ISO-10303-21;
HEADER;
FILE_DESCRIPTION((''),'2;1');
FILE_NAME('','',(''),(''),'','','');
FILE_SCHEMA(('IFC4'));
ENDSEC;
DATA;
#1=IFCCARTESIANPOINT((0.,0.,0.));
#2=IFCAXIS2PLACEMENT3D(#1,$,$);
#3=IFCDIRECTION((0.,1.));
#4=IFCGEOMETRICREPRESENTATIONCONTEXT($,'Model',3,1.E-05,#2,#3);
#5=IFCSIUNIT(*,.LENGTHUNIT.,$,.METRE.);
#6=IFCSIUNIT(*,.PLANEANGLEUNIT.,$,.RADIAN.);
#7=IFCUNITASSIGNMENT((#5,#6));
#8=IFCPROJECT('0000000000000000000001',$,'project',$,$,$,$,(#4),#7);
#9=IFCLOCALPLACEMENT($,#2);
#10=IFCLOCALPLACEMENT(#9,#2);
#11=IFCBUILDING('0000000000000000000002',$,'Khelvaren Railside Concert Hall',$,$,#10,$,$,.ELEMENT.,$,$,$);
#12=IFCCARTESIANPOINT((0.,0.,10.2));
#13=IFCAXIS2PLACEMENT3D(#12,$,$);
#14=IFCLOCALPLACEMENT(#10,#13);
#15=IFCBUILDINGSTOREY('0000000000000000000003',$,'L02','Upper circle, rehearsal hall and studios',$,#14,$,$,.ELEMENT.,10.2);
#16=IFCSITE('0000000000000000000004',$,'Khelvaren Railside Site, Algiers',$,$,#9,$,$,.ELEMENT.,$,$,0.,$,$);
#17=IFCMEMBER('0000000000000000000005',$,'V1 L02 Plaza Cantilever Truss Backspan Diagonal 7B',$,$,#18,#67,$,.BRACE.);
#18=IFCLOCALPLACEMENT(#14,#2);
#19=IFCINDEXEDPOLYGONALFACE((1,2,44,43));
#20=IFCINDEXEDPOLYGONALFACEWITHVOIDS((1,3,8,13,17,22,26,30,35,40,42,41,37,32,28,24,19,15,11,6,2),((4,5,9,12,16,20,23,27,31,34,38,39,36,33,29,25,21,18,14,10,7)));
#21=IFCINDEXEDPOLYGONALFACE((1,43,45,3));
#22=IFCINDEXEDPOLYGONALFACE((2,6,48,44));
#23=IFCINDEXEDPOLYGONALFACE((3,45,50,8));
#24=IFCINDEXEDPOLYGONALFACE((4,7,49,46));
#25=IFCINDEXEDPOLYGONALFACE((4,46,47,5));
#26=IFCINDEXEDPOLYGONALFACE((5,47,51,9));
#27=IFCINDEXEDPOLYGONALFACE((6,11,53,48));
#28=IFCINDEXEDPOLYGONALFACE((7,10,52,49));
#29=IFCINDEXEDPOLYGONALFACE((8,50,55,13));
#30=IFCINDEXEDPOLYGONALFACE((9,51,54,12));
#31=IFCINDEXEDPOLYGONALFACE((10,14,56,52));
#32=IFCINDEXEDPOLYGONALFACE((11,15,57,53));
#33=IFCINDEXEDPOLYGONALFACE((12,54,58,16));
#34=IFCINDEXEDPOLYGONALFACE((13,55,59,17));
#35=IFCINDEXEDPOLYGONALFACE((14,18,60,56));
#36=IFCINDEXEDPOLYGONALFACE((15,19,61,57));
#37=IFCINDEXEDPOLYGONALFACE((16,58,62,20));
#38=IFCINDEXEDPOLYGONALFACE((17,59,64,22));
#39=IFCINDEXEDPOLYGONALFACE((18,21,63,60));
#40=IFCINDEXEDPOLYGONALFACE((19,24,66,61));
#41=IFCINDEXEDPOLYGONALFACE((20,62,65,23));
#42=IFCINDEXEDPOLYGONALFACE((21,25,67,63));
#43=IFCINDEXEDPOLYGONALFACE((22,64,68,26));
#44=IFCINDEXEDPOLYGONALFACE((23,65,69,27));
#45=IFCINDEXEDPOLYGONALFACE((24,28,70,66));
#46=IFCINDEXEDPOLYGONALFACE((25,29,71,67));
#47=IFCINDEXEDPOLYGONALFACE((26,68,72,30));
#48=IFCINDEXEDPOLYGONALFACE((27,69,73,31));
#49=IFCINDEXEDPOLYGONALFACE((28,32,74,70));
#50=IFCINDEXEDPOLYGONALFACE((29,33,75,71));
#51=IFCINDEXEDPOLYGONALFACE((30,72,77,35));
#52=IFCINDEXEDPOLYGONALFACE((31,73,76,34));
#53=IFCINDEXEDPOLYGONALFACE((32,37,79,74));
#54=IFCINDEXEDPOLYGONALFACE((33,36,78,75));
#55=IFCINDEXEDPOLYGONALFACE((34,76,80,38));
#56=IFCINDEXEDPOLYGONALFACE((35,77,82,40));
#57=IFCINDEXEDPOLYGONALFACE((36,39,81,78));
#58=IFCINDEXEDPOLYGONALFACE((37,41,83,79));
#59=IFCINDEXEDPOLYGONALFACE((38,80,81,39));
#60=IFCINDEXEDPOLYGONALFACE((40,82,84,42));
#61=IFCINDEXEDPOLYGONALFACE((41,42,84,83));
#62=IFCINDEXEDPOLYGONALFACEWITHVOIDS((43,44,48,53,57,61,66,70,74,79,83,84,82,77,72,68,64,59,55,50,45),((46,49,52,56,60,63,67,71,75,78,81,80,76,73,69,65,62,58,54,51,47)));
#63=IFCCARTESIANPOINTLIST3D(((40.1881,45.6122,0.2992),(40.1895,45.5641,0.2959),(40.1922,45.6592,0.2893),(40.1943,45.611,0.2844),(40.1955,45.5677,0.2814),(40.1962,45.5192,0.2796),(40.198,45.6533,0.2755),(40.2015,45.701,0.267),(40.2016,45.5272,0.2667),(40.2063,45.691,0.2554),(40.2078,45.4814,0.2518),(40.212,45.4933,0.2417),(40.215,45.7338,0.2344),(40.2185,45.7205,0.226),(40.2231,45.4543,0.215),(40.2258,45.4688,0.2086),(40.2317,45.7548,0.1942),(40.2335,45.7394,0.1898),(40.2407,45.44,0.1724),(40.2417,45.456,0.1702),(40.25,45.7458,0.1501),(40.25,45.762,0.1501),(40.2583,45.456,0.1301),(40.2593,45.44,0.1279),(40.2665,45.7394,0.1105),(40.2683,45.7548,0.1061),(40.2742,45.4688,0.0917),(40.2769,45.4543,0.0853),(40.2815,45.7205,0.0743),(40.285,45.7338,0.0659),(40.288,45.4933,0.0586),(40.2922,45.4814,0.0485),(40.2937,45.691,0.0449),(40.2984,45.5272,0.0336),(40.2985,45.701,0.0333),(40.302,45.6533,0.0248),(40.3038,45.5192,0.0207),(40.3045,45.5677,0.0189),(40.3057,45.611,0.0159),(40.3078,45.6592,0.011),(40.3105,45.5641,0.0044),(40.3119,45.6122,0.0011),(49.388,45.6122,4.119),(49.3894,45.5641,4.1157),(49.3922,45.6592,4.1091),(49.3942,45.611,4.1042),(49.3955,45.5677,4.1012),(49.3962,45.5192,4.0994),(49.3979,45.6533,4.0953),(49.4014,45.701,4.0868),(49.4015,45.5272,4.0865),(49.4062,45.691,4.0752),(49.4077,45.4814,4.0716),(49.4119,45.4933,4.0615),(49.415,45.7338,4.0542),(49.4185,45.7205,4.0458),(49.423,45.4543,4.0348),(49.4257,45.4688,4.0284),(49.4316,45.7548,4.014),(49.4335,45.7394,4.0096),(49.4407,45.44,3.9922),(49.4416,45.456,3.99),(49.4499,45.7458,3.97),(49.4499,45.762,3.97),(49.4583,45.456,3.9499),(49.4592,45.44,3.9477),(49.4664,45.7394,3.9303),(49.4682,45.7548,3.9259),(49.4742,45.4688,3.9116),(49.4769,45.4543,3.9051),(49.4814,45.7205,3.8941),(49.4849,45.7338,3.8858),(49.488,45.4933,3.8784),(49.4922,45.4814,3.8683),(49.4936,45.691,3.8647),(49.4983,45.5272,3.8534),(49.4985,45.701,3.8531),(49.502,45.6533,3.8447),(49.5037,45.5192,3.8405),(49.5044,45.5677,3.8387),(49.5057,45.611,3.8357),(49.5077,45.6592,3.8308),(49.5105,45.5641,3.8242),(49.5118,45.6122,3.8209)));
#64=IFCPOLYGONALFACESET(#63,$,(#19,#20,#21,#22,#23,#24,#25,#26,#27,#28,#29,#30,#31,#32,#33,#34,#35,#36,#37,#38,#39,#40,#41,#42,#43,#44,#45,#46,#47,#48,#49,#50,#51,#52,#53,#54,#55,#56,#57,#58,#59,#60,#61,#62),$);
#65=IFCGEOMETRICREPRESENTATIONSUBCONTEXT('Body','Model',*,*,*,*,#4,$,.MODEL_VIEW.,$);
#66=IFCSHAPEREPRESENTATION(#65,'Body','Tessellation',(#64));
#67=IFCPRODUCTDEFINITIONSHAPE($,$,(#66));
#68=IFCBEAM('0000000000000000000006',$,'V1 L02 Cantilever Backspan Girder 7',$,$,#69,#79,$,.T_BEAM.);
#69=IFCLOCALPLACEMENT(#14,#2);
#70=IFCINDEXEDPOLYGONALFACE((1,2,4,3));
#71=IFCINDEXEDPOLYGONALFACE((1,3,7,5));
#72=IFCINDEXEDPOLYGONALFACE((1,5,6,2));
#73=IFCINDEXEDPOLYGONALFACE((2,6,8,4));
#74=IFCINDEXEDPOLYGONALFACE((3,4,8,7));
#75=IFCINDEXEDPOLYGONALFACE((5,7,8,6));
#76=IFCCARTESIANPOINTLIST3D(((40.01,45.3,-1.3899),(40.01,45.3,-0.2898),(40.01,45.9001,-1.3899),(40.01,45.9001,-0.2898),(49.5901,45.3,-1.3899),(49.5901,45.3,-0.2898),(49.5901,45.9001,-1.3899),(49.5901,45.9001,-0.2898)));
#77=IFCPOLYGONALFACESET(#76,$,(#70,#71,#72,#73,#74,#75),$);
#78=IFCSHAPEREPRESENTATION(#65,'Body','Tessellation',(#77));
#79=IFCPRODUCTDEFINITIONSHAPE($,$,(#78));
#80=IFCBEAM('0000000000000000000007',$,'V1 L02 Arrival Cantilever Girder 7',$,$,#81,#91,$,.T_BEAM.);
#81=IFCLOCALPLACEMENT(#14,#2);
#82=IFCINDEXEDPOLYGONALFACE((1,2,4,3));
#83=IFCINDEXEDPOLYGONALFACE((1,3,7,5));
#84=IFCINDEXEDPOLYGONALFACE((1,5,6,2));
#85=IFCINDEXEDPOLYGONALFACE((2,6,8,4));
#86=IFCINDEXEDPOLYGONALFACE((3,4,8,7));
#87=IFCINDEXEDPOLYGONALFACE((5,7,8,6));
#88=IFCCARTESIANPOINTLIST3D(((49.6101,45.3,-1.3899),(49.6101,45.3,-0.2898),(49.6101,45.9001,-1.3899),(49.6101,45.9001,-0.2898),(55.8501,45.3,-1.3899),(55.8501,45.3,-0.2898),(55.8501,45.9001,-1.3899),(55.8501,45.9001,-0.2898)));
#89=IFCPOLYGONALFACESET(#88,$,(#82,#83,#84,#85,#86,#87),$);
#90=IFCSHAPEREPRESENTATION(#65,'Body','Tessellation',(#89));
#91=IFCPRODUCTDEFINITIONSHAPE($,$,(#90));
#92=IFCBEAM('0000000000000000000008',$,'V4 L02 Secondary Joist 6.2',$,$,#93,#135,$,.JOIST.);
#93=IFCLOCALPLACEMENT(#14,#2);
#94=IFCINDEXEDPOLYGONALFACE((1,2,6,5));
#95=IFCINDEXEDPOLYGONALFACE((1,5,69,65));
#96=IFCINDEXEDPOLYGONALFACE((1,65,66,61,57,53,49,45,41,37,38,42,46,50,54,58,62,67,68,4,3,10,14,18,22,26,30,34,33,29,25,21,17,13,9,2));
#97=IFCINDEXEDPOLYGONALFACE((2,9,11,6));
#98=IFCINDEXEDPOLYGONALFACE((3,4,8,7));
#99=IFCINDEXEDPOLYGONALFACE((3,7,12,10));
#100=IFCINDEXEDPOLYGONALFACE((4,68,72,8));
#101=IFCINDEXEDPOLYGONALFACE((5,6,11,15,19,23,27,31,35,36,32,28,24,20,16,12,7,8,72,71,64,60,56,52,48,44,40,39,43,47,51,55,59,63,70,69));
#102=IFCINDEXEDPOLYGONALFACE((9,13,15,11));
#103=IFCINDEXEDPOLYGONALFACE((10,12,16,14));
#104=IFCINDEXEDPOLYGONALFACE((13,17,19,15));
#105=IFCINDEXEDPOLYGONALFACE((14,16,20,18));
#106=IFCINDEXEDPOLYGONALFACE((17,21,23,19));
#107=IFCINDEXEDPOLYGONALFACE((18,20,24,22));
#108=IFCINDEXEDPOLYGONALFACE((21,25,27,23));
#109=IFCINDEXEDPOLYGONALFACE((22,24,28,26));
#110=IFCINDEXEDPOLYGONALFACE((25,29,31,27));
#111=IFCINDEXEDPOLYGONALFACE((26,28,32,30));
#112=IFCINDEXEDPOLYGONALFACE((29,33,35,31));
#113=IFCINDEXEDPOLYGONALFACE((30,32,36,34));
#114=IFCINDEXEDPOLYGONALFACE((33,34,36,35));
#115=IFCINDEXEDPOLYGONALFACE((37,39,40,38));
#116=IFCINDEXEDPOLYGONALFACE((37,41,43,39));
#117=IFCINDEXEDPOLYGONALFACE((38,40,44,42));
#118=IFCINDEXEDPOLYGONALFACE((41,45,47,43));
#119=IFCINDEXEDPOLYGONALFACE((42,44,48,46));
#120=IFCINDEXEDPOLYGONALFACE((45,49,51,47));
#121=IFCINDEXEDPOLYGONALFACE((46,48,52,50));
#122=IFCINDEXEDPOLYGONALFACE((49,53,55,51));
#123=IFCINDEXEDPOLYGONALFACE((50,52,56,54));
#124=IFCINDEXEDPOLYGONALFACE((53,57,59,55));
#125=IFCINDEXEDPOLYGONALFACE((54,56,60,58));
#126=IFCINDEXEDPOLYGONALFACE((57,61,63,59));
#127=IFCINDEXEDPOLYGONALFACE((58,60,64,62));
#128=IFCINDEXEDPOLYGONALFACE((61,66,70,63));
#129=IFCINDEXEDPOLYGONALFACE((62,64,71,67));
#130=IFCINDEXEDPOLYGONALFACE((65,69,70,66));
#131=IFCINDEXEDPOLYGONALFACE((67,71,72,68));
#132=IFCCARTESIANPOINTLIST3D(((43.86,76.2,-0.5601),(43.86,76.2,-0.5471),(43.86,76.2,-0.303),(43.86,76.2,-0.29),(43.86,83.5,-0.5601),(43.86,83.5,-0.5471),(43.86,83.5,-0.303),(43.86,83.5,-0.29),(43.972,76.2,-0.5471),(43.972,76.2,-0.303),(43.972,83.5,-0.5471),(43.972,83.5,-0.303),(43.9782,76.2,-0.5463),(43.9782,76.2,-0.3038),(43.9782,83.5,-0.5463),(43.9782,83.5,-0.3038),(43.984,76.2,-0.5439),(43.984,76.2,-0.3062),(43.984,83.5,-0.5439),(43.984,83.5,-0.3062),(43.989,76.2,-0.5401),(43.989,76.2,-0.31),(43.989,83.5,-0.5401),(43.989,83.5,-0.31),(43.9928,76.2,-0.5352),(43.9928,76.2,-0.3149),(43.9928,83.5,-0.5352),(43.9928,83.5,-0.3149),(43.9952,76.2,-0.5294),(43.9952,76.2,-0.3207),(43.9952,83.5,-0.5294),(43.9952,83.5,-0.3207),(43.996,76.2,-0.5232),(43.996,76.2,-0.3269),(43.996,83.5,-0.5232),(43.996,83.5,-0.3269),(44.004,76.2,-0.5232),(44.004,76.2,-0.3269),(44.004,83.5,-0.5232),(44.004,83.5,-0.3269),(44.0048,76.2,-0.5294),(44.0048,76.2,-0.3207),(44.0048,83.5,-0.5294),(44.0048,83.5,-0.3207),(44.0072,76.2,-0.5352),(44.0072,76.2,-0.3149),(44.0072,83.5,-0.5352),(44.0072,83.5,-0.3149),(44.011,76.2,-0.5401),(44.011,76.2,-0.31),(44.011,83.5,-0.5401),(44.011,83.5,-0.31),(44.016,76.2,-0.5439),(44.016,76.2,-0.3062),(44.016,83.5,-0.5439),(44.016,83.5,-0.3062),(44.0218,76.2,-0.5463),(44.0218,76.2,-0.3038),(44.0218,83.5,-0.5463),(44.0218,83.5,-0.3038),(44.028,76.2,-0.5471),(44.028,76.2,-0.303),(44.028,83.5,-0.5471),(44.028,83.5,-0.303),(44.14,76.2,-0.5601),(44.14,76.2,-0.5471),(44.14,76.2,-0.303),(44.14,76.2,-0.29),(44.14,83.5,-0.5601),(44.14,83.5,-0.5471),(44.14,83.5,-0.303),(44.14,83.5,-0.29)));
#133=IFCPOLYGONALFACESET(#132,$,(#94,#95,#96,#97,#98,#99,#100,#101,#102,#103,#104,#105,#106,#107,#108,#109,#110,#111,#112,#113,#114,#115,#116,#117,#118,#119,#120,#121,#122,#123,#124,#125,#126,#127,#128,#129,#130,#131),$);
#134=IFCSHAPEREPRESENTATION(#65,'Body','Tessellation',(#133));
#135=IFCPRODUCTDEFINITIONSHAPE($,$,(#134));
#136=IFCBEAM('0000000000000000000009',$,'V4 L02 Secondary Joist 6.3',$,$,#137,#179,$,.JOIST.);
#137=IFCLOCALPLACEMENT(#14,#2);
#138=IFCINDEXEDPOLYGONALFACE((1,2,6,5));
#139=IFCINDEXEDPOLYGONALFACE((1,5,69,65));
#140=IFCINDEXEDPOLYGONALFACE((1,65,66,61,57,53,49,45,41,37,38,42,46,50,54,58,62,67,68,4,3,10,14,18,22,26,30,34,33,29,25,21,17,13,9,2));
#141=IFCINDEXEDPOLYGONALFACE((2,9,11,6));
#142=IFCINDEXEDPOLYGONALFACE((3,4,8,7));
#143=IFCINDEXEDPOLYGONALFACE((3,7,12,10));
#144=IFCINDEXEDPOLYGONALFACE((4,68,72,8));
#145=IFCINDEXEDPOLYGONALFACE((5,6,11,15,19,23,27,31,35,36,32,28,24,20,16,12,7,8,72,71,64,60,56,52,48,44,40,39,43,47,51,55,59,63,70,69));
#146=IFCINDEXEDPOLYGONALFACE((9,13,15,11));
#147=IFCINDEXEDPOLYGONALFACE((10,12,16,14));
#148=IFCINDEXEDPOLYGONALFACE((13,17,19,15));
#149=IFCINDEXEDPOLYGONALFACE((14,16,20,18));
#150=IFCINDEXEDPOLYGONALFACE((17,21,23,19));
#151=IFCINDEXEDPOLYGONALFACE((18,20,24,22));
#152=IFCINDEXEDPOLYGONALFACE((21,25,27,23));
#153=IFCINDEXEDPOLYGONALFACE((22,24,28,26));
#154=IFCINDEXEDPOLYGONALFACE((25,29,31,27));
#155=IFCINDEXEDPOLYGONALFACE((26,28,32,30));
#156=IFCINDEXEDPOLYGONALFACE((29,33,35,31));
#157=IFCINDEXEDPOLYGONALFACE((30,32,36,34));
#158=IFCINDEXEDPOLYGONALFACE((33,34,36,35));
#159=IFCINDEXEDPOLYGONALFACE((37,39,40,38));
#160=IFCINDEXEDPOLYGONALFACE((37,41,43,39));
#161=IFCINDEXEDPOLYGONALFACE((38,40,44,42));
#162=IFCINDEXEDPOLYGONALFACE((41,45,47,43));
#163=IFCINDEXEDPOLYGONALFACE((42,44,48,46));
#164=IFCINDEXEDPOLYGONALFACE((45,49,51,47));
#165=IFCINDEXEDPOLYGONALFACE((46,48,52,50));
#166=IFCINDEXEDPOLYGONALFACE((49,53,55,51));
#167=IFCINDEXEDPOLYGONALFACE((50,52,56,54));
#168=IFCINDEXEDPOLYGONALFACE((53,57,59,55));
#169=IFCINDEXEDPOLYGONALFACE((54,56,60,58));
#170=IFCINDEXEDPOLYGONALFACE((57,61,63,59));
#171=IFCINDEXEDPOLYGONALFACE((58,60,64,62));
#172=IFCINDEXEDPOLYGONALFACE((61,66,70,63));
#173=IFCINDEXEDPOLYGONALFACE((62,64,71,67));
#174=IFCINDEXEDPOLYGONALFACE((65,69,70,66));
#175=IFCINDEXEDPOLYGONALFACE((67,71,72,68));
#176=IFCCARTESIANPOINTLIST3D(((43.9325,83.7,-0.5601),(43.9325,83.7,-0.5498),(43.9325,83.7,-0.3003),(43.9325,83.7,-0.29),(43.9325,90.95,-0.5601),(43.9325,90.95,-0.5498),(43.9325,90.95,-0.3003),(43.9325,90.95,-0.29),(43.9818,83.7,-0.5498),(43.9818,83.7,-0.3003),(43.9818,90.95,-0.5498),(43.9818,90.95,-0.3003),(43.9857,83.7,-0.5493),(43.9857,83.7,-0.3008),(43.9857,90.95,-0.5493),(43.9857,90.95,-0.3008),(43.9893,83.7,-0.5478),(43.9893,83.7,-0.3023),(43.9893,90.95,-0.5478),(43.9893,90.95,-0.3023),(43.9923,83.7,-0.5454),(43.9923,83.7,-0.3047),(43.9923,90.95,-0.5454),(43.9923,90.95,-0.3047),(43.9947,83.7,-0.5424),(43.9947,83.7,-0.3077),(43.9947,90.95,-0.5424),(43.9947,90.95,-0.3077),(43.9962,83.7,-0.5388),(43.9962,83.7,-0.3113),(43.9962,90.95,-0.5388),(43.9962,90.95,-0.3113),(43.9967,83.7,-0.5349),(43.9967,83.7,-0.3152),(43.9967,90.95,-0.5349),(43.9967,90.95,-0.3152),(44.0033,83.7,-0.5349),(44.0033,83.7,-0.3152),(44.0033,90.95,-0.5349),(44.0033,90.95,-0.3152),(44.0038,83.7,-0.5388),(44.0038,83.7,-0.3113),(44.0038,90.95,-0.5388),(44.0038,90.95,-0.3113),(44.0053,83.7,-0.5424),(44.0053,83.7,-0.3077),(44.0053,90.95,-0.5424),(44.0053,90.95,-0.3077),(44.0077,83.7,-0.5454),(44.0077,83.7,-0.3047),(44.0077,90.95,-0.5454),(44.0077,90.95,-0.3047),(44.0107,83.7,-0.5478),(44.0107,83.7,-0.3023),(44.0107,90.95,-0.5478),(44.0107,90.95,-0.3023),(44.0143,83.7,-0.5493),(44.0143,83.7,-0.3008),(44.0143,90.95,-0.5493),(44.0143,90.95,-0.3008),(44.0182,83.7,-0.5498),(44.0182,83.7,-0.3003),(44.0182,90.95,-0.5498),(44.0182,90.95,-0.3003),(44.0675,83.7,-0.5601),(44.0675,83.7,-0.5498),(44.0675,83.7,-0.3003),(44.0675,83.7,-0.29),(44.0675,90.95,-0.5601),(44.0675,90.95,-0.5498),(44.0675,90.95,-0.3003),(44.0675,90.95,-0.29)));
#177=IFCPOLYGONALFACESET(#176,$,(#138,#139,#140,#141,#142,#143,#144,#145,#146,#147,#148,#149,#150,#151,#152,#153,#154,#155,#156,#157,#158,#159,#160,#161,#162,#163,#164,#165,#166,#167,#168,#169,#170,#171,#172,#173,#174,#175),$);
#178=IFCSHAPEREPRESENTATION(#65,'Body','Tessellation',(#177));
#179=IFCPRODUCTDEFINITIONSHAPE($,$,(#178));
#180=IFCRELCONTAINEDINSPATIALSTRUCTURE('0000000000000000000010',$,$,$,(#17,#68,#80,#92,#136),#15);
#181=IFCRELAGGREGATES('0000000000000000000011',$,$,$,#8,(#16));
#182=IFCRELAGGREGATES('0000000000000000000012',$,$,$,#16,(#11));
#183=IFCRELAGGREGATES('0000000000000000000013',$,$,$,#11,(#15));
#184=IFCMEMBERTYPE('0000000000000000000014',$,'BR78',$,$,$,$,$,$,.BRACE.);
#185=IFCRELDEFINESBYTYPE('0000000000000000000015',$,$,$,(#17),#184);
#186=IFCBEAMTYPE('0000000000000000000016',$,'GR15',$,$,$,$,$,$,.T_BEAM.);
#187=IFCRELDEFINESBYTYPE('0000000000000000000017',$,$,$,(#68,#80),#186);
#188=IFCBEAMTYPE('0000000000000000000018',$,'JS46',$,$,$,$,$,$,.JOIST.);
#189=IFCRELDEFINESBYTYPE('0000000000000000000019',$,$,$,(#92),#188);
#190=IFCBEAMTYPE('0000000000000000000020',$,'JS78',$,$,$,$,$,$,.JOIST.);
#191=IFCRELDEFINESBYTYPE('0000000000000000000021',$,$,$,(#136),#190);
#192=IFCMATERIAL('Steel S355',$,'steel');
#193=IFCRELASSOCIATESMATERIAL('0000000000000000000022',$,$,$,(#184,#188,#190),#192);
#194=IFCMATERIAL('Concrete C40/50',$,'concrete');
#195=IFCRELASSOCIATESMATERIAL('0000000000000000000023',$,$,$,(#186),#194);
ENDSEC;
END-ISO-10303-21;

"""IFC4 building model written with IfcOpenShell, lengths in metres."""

from ifc_helpers import new_model, si_unit, direction, frame, origin, origin_2d, place, context, subcontext, project, spatial, rectangle, hollow_circle, i_section, extrude, material, material_profile, profile_set, type_object, element, save


model = new_model("IFC4")

# Units and contexts
model_context = context("Model", 3, precision=1e-05, world=origin(), true_north=direction((0.0, 1.0)))
body_context = subcontext(model_context, "Body", "Model", "MODEL_VIEW")
ifc_project = project(units=[si_unit("LENGTHUNIT", "METRE"), si_unit("PLANEANGLEUNIT", "RADIAN")], contexts=[model_context])

# Site, building, storey
site_placement = place(None, origin())
site = spatial("IfcSite", under=ifc_project, at=site_placement, Name="Khelvaren Railside Site, Algiers", CompositionType="ELEMENT", RefElevation=0.0)
building_placement = place(site_placement, origin())
building = spatial("IfcBuilding", under=site, at=building_placement, Name="Khelvaren Railside Concert Hall", CompositionType="ELEMENT")
storey_placement = place(building_placement, frame((0.0, 0.0, 10.2)))
storey = spatial("IfcBuildingStorey", under=building, at=storey_placement, Name="L02", Description="Upper circle, rehearsal hall and studios", CompositionType="ELEMENT", Elevation=10.2)

# Shared definitions
ifc_material_1 = material(Name="Steel S355", Category="steel")

# Member
ifc_material_profile_1 = material_profile(ifc_material_1, hollow_circle(Radius=0.1619, WallThickness=0.0161, at=origin_2d()), Name="CHS 323.9x16")
ifc_profile_set_1 = profile_set([ifc_material_profile_1], Name="Steel S355")
member_type = type_object("IfcMemberType", Name="BR78", PredefinedType="BRACE", material=ifc_profile_set_1)
member_1_placement = place(storey_placement, frame((40.25, 45.6001, 0.1501), z_axis=(0.923557, 0.0, 0.383461), x_axis=(0.0, 1.0, 0.0)))
element("IfcMember", 1, at=member_1_placement, inside=storey, type_object=member_type, Name="V1 L02 Plaza Cantilever Truss Backspan Diagonal 7B", PredefinedType="BRACE", context=body_context, shape_type="SweptSolid", body=[
    extrude(hollow_circle(Radius=0.1619, WallThickness=0.0161, at=origin_2d()), origin(), (0.0, 0.0, 1.0), 9.9614),
])

# Beams
ifc_material_2 = material(Name="Concrete C40/50", Category="concrete")
ifc_material_profile_2 = material_profile(ifc_material_2, rectangle(XDim=0.6001, YDim=1.1001, at=origin_2d()), Name="RCB 600x1100")
ifc_profile_set_2 = profile_set([ifc_material_profile_2], Name="Concrete C40/50")
beam_type_1 = type_object("IfcBeamType", Name="GR15", PredefinedType="T_BEAM", material=ifc_profile_set_2)
beam_1_placement = place(storey_placement, frame((40.01, 45.6001, -0.8398), z_axis=(1.0, 0.0, 0.0), x_axis=(0.0, 1.0, 0.0)))
element("IfcBeam", 2, at=beam_1_placement, inside=storey, type_object=beam_type_1, Name="V1 L02 Cantilever Backspan Girder 7", PredefinedType="T_BEAM", context=body_context, shape_type="SweptSolid", body=[
    extrude(rectangle(XDim=0.6001, YDim=1.1001, at=origin_2d()), origin(), (0.0, 0.0, 1.0), 9.5801),
])
beam_2_placement = place(storey_placement, frame((49.6101, 45.6001, -0.8398), z_axis=(1.0, 0.0, 0.0), x_axis=(0.0, 1.0, 0.0)))
element("IfcBeam", 3, at=beam_2_placement, inside=storey, type_object=beam_type_1, Name="V1 L02 Arrival Cantilever Girder 7", PredefinedType="T_BEAM", context=body_context, shape_type="SweptSolid", body=[
    extrude(rectangle(XDim=0.6001, YDim=1.1001, at=origin_2d()), origin(), (0.0, 0.0, 1.0), 6.24),
])
ifc_material_profile_3 = material_profile(ifc_material_1, i_section(OverallWidth=0.28, OverallDepth=0.27, WebThickness=0.0081, FlangeThickness=0.0129, FilletRadius=0.0239, at=origin_2d()), Name="HEA 280")
ifc_profile_set_3 = profile_set([ifc_material_profile_3], Name="Steel S355")
beam_type_2 = type_object("IfcBeamType", Name="JS46", PredefinedType="JOIST", material=ifc_profile_set_3)
beam_3_placement = place(storey_placement, frame((44.0, 76.2, -0.425), z_axis=(0.0, 1.0, 0.0), x_axis=(-1.0, 0.0, 0.0)))
element("IfcBeam", 4, at=beam_3_placement, inside=storey, type_object=beam_type_2, Name="V4 L02 Secondary Joist 6.2", PredefinedType="JOIST", context=body_context, shape_type="SweptSolid", body=[
    extrude(i_section(OverallWidth=0.28, OverallDepth=0.27, WebThickness=0.0081, FlangeThickness=0.0129, FilletRadius=0.0239, at=origin_2d()), origin(), (0.0, 0.0, 1.0), 7.3),
])
ifc_material_profile_4 = material_profile(ifc_material_1, i_section(OverallWidth=0.135, OverallDepth=0.27, WebThickness=0.0066, FlangeThickness=0.0103, FilletRadius=0.0149, at=origin_2d()), Name="IPE 270")
ifc_profile_set_4 = profile_set([ifc_material_profile_4], Name="Steel S355")
beam_type_3 = type_object("IfcBeamType", Name="JS78", PredefinedType="JOIST", material=ifc_profile_set_4)
beam_4_placement = place(storey_placement, frame((44.0, 83.7, -0.425), z_axis=(0.0, 1.0, 0.0), x_axis=(-1.0, 0.0, 0.0)))
element("IfcBeam", 5, at=beam_4_placement, inside=storey, type_object=beam_type_3, Name="V4 L02 Secondary Joist 6.3", PredefinedType="JOIST", context=body_context, shape_type="SweptSolid", body=[
    extrude(i_section(OverallWidth=0.135, OverallDepth=0.27, WebThickness=0.0066, FlangeThickness=0.0103, FilletRadius=0.0149, at=origin_2d()), origin(), (0.0, 0.0, 1.0), 7.25),
])

save(model, "model.ifc")
